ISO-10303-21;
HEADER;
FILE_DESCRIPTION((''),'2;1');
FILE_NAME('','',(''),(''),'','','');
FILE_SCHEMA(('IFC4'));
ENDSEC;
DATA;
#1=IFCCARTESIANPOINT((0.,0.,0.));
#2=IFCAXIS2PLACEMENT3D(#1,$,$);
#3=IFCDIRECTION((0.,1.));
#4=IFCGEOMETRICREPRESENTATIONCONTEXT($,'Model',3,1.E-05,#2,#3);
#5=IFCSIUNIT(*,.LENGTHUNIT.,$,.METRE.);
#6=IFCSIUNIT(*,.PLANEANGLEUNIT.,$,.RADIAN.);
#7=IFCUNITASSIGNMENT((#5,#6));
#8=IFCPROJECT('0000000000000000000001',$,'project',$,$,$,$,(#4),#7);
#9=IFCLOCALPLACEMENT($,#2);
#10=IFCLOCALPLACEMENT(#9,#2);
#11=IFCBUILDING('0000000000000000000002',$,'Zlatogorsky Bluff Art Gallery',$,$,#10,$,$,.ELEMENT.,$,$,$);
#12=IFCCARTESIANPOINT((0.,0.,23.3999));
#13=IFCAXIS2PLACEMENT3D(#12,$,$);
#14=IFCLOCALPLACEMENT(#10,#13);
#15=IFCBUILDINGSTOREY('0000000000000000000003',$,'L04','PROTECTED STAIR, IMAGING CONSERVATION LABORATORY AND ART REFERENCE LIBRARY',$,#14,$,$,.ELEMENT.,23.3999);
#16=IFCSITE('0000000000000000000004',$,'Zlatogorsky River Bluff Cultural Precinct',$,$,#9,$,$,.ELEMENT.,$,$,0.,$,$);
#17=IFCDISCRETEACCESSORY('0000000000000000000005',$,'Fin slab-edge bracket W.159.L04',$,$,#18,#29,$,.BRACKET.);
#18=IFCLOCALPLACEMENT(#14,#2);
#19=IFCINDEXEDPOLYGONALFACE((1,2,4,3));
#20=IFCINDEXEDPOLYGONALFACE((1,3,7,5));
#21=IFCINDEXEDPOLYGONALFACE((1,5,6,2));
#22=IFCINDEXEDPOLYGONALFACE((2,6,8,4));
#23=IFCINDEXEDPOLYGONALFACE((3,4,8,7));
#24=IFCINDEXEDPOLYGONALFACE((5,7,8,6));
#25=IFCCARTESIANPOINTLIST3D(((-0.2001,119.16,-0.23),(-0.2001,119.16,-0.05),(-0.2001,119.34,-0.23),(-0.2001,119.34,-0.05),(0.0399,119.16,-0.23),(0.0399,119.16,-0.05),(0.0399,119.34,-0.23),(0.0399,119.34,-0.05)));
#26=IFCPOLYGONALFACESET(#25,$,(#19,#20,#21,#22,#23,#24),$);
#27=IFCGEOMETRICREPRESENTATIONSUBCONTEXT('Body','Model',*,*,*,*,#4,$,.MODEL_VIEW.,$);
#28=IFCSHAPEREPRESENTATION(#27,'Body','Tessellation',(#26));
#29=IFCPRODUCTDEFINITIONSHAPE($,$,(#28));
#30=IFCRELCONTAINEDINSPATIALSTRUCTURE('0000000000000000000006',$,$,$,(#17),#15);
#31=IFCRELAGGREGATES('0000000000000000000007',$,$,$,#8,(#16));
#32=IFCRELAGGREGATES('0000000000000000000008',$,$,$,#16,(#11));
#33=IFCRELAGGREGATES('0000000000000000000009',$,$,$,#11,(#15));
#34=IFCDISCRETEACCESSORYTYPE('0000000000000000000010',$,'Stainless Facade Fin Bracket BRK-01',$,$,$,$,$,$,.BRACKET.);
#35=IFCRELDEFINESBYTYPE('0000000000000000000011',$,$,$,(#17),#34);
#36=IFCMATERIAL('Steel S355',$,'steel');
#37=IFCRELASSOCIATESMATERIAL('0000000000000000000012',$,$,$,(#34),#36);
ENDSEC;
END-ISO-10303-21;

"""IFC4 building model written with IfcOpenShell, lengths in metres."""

from ifc_helpers import new_model, si_unit, direction, frame, origin, origin_2d, place, context, subcontext, project, spatial, rectangle, extrude, material, type_object, element, save


model = new_model("IFC4")

# Units and contexts
model_context = context("Model", 3, precision=1e-05, world=origin(), true_north=direction((0.0, 1.0)))
body_context = subcontext(model_context, "Body", "Model", "MODEL_VIEW")
ifc_project = project(units=[si_unit("LENGTHUNIT", "METRE"), si_unit("PLANEANGLEUNIT", "RADIAN")], contexts=[model_context])

# Site, building, storey
site_placement = place(None, origin())
site = spatial("IfcSite", under=ifc_project, at=site_placement, Name="Zlatogorsky River Bluff Cultural Precinct", CompositionType="ELEMENT", RefElevation=0.0)
building_placement = place(site_placement, origin())
building = spatial("IfcBuilding", under=site, at=building_placement, Name="Zlatogorsky Bluff Art Gallery", CompositionType="ELEMENT")
storey_placement = place(building_placement, frame((0.0, 0.0, 23.3999)))
storey = spatial("IfcBuildingStorey", under=building, at=storey_placement, Name="L04", Description="PROTECTED STAIR, IMAGING CONSERVATION LABORATORY AND ART REFERENCE LIBRARY", CompositionType="ELEMENT", Elevation=23.3999)

# Shared definitions
ifc_material_1 = material(Name="Steel S355", Category="steel")

# Discrete accessory
discrete_accessory_type = type_object("IfcDiscreteAccessoryType", Name="Stainless Facade Fin Bracket BRK-01", PredefinedType="BRACKET", material=ifc_material_1)
for number, where, z_axis, x_axis, name in (
    (1, (-0.0801, 119.25, -0.23), (0.0, 0.0, 1.0), (1.0, 0.0, 0.0), "Fin slab-edge bracket W.159.L04"),
):
    element("IfcDiscreteAccessory", number, at=place(storey_placement, frame(where, z_axis=z_axis, x_axis=x_axis)), inside=storey, type_object=discrete_accessory_type, Name=name, PredefinedType="BRACKET", context=body_context, shape_type="SweptSolid", body=[
        extrude(rectangle(XDim=0.24, YDim=0.1799, at=origin_2d()), origin(), (0.0, 0.0, 1.0), 0.1799),
    ])

save(model, "model.ifc")
